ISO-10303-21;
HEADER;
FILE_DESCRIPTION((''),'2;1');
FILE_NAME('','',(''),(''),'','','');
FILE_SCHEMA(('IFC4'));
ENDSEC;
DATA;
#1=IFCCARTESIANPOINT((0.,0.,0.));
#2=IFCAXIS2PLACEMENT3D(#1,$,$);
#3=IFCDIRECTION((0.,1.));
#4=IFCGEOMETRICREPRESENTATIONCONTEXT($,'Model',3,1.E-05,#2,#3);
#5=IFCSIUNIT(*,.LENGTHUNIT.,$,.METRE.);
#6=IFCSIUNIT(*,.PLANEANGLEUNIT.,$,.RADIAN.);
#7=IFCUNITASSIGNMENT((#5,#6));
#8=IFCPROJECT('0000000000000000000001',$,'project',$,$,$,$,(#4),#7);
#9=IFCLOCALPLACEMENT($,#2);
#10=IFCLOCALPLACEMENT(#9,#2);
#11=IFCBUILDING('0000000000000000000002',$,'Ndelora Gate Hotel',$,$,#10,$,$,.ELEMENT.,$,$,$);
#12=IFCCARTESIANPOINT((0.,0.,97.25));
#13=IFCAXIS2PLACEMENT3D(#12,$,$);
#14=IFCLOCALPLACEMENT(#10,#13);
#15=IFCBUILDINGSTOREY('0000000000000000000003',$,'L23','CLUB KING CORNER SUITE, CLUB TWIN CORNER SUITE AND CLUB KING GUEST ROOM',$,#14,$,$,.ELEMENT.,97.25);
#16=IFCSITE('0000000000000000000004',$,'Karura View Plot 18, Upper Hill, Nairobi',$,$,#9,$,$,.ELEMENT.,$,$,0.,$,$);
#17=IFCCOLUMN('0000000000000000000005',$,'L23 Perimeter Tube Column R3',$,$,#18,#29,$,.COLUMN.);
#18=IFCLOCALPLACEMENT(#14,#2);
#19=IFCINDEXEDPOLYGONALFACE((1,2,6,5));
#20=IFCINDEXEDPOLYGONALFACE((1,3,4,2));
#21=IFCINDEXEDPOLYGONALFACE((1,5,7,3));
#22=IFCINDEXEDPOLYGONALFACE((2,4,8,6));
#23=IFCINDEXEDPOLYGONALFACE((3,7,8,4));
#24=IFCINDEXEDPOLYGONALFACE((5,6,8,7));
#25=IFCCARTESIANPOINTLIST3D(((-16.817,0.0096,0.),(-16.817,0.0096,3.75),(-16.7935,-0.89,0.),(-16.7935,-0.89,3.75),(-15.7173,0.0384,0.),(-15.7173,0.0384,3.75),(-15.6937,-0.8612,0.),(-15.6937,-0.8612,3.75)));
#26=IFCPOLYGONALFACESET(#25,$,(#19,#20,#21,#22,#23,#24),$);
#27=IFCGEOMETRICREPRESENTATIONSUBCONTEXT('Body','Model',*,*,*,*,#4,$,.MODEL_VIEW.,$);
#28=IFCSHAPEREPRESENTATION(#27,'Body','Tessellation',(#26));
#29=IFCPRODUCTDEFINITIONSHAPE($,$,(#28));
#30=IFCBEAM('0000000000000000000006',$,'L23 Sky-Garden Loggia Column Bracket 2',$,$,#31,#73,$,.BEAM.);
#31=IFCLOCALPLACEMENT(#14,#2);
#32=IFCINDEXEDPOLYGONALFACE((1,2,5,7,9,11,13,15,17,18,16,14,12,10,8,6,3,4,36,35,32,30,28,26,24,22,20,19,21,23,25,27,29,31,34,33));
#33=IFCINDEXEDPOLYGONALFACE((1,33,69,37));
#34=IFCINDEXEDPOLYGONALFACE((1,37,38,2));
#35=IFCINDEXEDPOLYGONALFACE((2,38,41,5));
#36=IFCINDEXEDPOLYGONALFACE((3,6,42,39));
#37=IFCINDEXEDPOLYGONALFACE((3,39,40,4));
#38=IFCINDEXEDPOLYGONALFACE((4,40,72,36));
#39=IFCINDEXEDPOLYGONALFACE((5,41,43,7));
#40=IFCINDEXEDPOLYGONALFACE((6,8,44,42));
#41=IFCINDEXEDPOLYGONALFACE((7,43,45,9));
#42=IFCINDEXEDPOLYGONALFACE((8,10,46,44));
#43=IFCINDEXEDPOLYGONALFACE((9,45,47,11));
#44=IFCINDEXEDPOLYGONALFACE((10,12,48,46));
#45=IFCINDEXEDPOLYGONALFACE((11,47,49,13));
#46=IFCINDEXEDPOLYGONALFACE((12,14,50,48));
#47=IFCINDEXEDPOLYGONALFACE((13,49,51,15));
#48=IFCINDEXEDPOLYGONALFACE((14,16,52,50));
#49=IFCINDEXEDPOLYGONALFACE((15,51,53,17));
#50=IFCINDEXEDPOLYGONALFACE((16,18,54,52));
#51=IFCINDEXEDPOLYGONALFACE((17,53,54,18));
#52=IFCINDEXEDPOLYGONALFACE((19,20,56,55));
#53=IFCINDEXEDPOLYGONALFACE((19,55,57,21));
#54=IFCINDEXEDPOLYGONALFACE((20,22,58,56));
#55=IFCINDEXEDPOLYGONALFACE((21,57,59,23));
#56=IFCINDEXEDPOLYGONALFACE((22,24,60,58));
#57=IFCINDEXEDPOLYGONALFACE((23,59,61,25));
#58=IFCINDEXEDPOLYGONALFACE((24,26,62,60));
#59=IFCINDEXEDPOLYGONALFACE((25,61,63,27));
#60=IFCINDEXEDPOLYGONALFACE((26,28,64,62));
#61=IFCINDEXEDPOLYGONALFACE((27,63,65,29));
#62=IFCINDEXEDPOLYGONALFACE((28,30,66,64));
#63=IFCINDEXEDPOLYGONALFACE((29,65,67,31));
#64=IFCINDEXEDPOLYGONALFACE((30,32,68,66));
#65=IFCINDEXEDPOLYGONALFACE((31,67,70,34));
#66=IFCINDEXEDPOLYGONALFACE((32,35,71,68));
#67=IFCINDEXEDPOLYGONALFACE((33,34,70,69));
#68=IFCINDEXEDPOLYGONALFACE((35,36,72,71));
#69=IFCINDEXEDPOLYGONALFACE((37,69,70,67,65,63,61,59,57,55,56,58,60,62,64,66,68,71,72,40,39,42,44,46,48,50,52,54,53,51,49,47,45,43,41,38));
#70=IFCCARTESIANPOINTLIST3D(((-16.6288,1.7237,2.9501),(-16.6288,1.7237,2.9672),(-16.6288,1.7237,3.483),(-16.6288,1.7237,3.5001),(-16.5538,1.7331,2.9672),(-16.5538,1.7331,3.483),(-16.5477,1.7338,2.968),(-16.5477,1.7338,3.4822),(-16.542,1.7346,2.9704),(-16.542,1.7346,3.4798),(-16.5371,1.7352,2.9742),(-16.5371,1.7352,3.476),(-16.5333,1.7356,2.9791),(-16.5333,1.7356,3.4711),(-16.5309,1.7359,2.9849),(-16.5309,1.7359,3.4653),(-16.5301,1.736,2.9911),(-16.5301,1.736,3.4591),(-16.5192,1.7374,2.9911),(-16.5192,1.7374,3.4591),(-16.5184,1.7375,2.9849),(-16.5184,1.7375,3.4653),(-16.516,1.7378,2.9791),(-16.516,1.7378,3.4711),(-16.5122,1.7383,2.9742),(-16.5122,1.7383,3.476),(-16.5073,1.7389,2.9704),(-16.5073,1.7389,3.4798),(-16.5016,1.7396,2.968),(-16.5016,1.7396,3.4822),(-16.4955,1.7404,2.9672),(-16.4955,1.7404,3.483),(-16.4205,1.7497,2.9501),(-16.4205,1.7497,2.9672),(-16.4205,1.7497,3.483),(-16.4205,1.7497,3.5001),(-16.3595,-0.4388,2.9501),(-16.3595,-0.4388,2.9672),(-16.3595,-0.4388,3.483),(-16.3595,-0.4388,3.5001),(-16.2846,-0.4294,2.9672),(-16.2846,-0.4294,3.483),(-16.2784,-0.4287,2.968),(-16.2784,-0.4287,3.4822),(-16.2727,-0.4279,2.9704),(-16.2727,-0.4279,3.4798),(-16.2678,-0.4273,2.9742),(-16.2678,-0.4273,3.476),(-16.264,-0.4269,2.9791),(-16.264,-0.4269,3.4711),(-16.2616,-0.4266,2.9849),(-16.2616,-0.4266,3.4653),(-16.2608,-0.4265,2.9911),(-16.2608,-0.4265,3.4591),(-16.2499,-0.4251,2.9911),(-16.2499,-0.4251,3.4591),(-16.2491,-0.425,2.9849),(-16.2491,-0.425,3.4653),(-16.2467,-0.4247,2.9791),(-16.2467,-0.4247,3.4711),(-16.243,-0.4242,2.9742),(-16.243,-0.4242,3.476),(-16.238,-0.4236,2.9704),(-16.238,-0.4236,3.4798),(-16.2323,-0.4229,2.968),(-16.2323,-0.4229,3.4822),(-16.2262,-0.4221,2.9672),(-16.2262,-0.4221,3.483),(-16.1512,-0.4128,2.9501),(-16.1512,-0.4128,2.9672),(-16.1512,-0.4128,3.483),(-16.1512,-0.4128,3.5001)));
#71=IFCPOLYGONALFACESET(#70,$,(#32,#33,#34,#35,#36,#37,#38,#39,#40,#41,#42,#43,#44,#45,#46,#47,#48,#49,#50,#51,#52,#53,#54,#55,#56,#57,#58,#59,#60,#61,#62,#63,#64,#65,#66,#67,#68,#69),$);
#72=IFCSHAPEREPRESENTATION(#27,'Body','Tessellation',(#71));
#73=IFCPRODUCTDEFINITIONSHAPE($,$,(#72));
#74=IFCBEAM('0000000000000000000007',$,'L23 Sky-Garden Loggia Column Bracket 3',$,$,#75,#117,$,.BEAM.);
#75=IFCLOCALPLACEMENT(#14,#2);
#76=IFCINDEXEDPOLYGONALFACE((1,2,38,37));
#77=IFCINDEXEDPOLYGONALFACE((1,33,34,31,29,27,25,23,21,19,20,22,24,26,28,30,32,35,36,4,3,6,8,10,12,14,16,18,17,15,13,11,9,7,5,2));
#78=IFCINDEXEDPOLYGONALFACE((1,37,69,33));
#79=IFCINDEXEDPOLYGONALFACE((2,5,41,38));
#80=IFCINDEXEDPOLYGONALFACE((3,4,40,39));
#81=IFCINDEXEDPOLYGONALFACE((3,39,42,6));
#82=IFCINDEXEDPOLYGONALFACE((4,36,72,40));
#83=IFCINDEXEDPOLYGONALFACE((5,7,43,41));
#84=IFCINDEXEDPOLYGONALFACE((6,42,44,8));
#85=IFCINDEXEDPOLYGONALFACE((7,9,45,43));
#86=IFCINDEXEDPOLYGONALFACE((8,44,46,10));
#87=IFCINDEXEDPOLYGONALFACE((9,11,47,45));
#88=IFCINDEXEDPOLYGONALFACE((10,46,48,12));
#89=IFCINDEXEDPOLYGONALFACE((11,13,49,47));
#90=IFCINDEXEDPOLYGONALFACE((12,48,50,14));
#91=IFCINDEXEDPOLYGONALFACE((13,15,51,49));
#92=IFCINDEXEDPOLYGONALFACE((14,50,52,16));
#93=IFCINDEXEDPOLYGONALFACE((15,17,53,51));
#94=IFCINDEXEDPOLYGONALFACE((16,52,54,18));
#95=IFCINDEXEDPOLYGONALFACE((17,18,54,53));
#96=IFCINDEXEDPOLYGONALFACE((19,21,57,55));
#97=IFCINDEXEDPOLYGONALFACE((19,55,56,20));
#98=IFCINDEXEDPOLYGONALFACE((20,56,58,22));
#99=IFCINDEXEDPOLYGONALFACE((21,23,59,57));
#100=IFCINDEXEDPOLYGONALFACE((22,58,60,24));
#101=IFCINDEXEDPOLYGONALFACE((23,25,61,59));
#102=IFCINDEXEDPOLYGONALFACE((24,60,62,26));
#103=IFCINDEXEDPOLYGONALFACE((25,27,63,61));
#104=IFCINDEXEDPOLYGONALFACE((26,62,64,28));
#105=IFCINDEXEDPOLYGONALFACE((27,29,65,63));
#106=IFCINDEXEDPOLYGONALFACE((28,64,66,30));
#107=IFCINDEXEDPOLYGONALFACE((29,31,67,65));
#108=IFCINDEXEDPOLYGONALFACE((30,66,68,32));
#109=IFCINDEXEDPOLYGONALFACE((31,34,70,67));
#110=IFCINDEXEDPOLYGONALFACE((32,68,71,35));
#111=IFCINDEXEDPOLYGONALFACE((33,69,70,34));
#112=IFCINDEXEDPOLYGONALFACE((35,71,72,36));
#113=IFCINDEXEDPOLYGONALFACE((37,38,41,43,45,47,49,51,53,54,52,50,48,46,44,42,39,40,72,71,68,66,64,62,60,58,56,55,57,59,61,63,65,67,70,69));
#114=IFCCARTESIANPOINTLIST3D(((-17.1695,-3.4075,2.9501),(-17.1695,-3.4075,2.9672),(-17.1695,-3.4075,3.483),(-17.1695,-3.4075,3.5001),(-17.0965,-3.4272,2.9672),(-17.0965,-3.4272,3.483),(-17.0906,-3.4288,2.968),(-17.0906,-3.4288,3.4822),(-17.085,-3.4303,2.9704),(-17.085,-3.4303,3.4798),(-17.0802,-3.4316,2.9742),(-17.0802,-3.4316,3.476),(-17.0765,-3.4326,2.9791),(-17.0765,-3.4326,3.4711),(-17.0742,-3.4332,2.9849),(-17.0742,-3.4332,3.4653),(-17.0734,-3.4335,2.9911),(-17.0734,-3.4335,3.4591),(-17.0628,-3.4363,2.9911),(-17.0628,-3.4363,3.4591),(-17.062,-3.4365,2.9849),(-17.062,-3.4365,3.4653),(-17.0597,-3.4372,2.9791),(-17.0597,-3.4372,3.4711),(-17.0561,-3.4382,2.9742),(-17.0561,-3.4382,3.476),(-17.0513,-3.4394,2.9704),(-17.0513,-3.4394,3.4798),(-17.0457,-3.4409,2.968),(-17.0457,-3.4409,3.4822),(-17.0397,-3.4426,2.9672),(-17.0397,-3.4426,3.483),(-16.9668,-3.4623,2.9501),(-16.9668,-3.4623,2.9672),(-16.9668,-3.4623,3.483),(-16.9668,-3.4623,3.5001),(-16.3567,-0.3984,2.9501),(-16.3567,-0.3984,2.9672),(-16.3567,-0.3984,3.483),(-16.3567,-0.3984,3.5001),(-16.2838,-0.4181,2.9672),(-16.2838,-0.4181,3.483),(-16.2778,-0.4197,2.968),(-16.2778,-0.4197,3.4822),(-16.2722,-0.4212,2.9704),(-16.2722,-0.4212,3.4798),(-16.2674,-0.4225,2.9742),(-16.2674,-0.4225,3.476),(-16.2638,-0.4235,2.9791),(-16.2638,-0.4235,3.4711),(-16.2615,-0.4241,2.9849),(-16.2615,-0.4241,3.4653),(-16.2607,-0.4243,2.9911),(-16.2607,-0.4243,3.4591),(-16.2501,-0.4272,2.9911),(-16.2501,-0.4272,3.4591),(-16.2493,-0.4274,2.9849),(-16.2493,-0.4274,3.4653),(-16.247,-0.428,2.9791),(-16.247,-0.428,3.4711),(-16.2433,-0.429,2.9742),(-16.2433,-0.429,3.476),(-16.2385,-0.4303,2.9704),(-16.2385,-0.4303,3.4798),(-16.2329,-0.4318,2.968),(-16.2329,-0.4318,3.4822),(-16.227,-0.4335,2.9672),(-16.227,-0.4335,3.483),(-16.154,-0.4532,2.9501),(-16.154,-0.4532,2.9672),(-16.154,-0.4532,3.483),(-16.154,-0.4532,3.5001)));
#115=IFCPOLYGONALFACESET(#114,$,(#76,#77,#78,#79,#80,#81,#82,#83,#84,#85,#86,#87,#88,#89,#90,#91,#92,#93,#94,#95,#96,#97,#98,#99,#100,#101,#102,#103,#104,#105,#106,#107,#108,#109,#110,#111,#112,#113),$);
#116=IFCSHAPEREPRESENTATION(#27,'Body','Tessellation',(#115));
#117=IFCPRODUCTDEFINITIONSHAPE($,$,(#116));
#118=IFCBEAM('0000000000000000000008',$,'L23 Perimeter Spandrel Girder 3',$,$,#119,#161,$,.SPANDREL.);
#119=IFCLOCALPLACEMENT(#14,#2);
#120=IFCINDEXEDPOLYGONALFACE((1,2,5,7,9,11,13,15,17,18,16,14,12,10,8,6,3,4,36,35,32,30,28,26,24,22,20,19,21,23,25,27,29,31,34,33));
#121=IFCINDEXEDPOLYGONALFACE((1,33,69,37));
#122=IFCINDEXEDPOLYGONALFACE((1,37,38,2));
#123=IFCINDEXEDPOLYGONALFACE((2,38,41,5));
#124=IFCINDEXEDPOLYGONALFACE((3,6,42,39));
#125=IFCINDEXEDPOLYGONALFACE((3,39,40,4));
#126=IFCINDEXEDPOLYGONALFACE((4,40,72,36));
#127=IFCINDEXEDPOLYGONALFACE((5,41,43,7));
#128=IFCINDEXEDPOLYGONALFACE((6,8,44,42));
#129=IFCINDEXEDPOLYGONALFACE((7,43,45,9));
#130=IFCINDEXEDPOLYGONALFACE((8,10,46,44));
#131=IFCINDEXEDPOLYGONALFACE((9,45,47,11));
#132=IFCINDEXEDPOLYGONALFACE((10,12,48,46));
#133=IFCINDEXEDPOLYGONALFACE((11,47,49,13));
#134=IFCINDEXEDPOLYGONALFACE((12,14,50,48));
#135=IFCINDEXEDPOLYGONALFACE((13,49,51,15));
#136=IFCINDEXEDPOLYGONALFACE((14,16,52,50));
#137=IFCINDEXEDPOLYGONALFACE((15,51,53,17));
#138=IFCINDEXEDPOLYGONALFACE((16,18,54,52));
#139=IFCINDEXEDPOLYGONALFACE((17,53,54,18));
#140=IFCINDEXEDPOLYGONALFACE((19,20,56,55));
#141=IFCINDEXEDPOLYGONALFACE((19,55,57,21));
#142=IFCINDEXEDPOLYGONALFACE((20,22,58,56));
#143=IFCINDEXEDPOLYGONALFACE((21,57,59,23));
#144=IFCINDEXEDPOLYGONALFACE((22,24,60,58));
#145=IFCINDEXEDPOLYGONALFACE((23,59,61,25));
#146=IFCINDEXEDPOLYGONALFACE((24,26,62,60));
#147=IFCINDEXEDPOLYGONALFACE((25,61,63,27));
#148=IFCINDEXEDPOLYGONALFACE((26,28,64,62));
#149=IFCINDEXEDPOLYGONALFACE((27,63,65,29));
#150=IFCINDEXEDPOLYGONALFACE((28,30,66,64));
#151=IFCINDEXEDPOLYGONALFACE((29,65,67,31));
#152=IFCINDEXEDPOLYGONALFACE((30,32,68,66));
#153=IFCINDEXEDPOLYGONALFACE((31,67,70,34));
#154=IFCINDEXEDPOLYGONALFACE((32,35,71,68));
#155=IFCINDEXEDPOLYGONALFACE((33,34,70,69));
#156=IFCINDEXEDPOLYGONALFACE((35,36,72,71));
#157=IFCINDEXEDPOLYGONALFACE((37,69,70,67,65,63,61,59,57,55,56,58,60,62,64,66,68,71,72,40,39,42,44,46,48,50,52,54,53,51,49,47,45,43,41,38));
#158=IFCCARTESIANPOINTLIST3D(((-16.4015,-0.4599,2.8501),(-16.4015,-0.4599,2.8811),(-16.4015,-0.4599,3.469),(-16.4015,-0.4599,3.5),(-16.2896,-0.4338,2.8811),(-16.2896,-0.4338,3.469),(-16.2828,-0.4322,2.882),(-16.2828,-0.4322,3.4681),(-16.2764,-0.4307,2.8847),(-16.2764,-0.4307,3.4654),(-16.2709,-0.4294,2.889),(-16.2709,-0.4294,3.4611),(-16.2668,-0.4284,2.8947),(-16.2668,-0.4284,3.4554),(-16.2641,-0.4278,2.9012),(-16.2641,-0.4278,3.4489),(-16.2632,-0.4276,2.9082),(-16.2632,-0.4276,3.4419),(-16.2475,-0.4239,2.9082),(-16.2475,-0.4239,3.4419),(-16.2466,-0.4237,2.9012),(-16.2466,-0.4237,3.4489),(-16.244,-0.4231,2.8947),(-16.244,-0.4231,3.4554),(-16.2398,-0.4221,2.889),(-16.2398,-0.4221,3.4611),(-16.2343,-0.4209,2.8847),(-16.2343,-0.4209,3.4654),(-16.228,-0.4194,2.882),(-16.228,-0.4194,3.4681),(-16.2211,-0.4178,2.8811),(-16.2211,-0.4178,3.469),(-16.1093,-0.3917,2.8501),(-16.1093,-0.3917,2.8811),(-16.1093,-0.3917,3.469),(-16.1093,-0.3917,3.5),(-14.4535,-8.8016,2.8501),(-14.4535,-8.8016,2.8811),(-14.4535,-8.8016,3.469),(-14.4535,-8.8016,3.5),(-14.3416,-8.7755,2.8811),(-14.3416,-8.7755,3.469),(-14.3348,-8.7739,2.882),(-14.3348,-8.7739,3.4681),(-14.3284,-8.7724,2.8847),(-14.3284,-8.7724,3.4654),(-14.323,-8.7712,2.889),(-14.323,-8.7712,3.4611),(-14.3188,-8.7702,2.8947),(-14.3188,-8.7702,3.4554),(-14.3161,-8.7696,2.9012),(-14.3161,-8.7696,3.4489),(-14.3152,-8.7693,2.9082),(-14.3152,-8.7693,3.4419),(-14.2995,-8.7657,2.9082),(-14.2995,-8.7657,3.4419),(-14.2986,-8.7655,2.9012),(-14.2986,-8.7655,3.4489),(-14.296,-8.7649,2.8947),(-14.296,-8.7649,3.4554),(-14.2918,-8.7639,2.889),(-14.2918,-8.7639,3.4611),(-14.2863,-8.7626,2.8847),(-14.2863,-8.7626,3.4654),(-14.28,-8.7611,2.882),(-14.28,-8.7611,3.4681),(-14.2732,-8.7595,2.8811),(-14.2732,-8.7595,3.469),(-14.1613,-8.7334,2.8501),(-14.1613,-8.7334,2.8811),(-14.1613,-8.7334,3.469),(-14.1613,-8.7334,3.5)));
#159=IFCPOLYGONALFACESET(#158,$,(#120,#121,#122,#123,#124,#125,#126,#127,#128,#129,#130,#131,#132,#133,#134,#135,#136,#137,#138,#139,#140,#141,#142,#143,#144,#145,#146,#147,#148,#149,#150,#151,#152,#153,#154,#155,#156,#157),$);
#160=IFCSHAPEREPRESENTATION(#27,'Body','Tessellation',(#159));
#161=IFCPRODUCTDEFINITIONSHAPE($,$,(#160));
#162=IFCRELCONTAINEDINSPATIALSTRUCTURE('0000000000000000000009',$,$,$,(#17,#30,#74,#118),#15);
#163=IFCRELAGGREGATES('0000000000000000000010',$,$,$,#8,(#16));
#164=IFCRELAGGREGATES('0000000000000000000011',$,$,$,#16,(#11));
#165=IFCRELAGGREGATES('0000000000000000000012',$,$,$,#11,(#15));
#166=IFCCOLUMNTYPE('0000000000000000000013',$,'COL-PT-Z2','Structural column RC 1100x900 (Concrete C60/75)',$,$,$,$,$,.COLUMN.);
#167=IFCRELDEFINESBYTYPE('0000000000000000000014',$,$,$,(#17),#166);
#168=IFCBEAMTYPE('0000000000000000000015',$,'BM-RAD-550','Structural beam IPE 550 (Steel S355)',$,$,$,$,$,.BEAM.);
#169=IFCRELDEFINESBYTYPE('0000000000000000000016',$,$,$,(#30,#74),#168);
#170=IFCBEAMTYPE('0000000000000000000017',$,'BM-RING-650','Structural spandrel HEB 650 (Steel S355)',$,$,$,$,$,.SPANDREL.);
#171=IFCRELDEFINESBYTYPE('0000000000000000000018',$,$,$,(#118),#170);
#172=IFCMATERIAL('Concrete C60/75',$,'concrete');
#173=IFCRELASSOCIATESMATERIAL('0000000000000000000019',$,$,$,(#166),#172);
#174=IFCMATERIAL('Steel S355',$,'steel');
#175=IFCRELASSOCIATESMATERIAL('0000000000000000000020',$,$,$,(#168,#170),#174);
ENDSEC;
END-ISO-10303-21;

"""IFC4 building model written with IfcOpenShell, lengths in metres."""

from ifc_helpers import new_model, si_unit, direction, frame, origin, origin_2d, place, context, subcontext, project, spatial, rectangle, i_section, extrude, material, material_profile, profile_set, type_object, element, save


model = new_model("IFC4")

# Units and contexts
model_context = context("Model", 3, precision=1e-05, world=origin(), true_north=direction((0.0, 1.0)))
body_context = subcontext(model_context, "Body", "Model", "MODEL_VIEW")
ifc_project = project(units=[si_unit("LENGTHUNIT", "METRE"), si_unit("PLANEANGLEUNIT", "RADIAN")], contexts=[model_context])

# Site, building, storey
site_placement = place(None, origin())
site = spatial("IfcSite", under=ifc_project, at=site_placement, Name="Karura View Plot 18, Upper Hill, Nairobi", CompositionType="ELEMENT", RefElevation=0.0)
building_placement = place(site_placement, origin())
building = spatial("IfcBuilding", under=site, at=building_placement, Name="Ndelora Gate Hotel", CompositionType="ELEMENT")
storey_placement = place(building_placement, frame((0.0, 0.0, 97.25)))
storey = spatial("IfcBuildingStorey", under=building, at=storey_placement, Name="L23", Description="CLUB KING CORNER SUITE, CLUB TWIN CORNER SUITE AND CLUB KING GUEST ROOM", CompositionType="ELEMENT", Elevation=97.25)

# Column
ifc_material_1 = material(Name="Concrete C60/75", Category="concrete")
ifc_material_profile_1 = material_profile(ifc_material_1, rectangle(XDim=0.8999, YDim=1.1001, at=origin_2d()), Name="RC 1100x900")
ifc_profile_set_1 = profile_set([ifc_material_profile_1], Name="Concrete C60/75")
column_type = type_object("IfcColumnType", Name="COL-PT-Z2", Description="Structural column RC 1100x900 (Concrete C60/75)", PredefinedType="COLUMN", material=ifc_profile_set_1)
column_placement = place(storey_placement, frame((-16.2554, -0.4258, 0.0), z_axis=(0.0, 0.0, 1.0), x_axis=(-0.026177, 0.999657, 0.0)))
element("IfcColumn", 1, at=column_placement, inside=storey, type_object=column_type, Name="L23 Perimeter Tube Column R3", PredefinedType="COLUMN", context=body_context, shape_type="SweptSolid", body=[
    extrude(rectangle(XDim=0.8999, YDim=1.1001, at=origin_2d()), origin(), (0.0, 0.0, 1.0), 3.75),
])

# Beams
ifc_material_2 = material(Name="Steel S355", Category="steel")
ifc_material_profile_2 = material_profile(ifc_material_2, i_section(OverallWidth=0.21, OverallDepth=0.55, WebThickness=0.011, FlangeThickness=0.0171, FilletRadius=0.0239, at=origin_2d()), Name="IPE 550")
ifc_profile_set_2 = profile_set([ifc_material_profile_2], Name="Steel S355")
beam_type_1 = type_object("IfcBeamType", Name="BM-RAD-550", Description="Structural beam IPE 550 (Steel S355)", PredefinedType="BEAM", material=ifc_profile_set_2)
beam_1_placement = place(storey_placement, frame((-16.2554, -0.4258, 3.2251), z_axis=(-0.123566, 0.992336, 0.0), x_axis=(-0.992336, -0.123566, 0.0)))
element("IfcBeam", 2, at=beam_1_placement, inside=storey, type_object=beam_type_1, Name="L23 Sky-Garden Loggia Column Bracket 2", PredefinedType="BEAM", context=body_context, shape_type="SweptSolid", body=[
    extrude(i_section(OverallWidth=0.21, OverallDepth=0.55, WebThickness=0.011, FlangeThickness=0.0171, FilletRadius=0.0239, at=origin_2d()), origin(), (0.0, 0.0, 1.0), 2.1792),
])
beam_2_placement = place(storey_placement, frame((-16.2554, -0.4258, 3.2251), z_axis=(-0.260757, -0.965404, 0.0), x_axis=(0.965404, -0.260757, 0.0)))
element("IfcBeam", 3, at=beam_2_placement, inside=storey, type_object=beam_type_1, Name="L23 Sky-Garden Loggia Column Bracket 3", PredefinedType="BEAM", context=body_context, shape_type="SweptSolid", body=[
    extrude(i_section(OverallWidth=0.21, OverallDepth=0.55, WebThickness=0.011, FlangeThickness=0.0171, FilletRadius=0.0239, at=origin_2d()), origin(), (0.0, 0.0, 1.0), 3.1169),
])
ifc_material_profile_3 = material_profile(ifc_material_2, i_section(OverallWidth=0.3, OverallDepth=0.6499, WebThickness=0.0161, FlangeThickness=0.031, FilletRadius=0.0271, at=origin_2d()), Name="HEB 650")
ifc_profile_set_3 = profile_set([ifc_material_profile_3], Name="Steel S355")
beam_type_2 = type_object("IfcBeamType", Name="BM-RING-650", Description="Structural spandrel HEB 650 (Steel S355)", PredefinedType="SPANDREL", material=ifc_profile_set_3)
beam_3_placement = place(storey_placement, frame((-16.2554, -0.4258, 3.175), z_axis=(0.227404, -0.9738, 0.0), x_axis=(0.9738, 0.227404, 0.0)))
element("IfcBeam", 4, at=beam_3_placement, inside=storey, type_object=beam_type_2, Name="L23 Perimeter Spandrel Girder 3", PredefinedType="SPANDREL", context=body_context, shape_type="SweptSolid", body=[
    extrude(i_section(OverallWidth=0.3, OverallDepth=0.6499, WebThickness=0.0161, FlangeThickness=0.031, FilletRadius=0.0271, at=origin_2d()), origin(), (0.0, 0.0, 1.0), 8.5662),
])

save(model, "model.ifc")
